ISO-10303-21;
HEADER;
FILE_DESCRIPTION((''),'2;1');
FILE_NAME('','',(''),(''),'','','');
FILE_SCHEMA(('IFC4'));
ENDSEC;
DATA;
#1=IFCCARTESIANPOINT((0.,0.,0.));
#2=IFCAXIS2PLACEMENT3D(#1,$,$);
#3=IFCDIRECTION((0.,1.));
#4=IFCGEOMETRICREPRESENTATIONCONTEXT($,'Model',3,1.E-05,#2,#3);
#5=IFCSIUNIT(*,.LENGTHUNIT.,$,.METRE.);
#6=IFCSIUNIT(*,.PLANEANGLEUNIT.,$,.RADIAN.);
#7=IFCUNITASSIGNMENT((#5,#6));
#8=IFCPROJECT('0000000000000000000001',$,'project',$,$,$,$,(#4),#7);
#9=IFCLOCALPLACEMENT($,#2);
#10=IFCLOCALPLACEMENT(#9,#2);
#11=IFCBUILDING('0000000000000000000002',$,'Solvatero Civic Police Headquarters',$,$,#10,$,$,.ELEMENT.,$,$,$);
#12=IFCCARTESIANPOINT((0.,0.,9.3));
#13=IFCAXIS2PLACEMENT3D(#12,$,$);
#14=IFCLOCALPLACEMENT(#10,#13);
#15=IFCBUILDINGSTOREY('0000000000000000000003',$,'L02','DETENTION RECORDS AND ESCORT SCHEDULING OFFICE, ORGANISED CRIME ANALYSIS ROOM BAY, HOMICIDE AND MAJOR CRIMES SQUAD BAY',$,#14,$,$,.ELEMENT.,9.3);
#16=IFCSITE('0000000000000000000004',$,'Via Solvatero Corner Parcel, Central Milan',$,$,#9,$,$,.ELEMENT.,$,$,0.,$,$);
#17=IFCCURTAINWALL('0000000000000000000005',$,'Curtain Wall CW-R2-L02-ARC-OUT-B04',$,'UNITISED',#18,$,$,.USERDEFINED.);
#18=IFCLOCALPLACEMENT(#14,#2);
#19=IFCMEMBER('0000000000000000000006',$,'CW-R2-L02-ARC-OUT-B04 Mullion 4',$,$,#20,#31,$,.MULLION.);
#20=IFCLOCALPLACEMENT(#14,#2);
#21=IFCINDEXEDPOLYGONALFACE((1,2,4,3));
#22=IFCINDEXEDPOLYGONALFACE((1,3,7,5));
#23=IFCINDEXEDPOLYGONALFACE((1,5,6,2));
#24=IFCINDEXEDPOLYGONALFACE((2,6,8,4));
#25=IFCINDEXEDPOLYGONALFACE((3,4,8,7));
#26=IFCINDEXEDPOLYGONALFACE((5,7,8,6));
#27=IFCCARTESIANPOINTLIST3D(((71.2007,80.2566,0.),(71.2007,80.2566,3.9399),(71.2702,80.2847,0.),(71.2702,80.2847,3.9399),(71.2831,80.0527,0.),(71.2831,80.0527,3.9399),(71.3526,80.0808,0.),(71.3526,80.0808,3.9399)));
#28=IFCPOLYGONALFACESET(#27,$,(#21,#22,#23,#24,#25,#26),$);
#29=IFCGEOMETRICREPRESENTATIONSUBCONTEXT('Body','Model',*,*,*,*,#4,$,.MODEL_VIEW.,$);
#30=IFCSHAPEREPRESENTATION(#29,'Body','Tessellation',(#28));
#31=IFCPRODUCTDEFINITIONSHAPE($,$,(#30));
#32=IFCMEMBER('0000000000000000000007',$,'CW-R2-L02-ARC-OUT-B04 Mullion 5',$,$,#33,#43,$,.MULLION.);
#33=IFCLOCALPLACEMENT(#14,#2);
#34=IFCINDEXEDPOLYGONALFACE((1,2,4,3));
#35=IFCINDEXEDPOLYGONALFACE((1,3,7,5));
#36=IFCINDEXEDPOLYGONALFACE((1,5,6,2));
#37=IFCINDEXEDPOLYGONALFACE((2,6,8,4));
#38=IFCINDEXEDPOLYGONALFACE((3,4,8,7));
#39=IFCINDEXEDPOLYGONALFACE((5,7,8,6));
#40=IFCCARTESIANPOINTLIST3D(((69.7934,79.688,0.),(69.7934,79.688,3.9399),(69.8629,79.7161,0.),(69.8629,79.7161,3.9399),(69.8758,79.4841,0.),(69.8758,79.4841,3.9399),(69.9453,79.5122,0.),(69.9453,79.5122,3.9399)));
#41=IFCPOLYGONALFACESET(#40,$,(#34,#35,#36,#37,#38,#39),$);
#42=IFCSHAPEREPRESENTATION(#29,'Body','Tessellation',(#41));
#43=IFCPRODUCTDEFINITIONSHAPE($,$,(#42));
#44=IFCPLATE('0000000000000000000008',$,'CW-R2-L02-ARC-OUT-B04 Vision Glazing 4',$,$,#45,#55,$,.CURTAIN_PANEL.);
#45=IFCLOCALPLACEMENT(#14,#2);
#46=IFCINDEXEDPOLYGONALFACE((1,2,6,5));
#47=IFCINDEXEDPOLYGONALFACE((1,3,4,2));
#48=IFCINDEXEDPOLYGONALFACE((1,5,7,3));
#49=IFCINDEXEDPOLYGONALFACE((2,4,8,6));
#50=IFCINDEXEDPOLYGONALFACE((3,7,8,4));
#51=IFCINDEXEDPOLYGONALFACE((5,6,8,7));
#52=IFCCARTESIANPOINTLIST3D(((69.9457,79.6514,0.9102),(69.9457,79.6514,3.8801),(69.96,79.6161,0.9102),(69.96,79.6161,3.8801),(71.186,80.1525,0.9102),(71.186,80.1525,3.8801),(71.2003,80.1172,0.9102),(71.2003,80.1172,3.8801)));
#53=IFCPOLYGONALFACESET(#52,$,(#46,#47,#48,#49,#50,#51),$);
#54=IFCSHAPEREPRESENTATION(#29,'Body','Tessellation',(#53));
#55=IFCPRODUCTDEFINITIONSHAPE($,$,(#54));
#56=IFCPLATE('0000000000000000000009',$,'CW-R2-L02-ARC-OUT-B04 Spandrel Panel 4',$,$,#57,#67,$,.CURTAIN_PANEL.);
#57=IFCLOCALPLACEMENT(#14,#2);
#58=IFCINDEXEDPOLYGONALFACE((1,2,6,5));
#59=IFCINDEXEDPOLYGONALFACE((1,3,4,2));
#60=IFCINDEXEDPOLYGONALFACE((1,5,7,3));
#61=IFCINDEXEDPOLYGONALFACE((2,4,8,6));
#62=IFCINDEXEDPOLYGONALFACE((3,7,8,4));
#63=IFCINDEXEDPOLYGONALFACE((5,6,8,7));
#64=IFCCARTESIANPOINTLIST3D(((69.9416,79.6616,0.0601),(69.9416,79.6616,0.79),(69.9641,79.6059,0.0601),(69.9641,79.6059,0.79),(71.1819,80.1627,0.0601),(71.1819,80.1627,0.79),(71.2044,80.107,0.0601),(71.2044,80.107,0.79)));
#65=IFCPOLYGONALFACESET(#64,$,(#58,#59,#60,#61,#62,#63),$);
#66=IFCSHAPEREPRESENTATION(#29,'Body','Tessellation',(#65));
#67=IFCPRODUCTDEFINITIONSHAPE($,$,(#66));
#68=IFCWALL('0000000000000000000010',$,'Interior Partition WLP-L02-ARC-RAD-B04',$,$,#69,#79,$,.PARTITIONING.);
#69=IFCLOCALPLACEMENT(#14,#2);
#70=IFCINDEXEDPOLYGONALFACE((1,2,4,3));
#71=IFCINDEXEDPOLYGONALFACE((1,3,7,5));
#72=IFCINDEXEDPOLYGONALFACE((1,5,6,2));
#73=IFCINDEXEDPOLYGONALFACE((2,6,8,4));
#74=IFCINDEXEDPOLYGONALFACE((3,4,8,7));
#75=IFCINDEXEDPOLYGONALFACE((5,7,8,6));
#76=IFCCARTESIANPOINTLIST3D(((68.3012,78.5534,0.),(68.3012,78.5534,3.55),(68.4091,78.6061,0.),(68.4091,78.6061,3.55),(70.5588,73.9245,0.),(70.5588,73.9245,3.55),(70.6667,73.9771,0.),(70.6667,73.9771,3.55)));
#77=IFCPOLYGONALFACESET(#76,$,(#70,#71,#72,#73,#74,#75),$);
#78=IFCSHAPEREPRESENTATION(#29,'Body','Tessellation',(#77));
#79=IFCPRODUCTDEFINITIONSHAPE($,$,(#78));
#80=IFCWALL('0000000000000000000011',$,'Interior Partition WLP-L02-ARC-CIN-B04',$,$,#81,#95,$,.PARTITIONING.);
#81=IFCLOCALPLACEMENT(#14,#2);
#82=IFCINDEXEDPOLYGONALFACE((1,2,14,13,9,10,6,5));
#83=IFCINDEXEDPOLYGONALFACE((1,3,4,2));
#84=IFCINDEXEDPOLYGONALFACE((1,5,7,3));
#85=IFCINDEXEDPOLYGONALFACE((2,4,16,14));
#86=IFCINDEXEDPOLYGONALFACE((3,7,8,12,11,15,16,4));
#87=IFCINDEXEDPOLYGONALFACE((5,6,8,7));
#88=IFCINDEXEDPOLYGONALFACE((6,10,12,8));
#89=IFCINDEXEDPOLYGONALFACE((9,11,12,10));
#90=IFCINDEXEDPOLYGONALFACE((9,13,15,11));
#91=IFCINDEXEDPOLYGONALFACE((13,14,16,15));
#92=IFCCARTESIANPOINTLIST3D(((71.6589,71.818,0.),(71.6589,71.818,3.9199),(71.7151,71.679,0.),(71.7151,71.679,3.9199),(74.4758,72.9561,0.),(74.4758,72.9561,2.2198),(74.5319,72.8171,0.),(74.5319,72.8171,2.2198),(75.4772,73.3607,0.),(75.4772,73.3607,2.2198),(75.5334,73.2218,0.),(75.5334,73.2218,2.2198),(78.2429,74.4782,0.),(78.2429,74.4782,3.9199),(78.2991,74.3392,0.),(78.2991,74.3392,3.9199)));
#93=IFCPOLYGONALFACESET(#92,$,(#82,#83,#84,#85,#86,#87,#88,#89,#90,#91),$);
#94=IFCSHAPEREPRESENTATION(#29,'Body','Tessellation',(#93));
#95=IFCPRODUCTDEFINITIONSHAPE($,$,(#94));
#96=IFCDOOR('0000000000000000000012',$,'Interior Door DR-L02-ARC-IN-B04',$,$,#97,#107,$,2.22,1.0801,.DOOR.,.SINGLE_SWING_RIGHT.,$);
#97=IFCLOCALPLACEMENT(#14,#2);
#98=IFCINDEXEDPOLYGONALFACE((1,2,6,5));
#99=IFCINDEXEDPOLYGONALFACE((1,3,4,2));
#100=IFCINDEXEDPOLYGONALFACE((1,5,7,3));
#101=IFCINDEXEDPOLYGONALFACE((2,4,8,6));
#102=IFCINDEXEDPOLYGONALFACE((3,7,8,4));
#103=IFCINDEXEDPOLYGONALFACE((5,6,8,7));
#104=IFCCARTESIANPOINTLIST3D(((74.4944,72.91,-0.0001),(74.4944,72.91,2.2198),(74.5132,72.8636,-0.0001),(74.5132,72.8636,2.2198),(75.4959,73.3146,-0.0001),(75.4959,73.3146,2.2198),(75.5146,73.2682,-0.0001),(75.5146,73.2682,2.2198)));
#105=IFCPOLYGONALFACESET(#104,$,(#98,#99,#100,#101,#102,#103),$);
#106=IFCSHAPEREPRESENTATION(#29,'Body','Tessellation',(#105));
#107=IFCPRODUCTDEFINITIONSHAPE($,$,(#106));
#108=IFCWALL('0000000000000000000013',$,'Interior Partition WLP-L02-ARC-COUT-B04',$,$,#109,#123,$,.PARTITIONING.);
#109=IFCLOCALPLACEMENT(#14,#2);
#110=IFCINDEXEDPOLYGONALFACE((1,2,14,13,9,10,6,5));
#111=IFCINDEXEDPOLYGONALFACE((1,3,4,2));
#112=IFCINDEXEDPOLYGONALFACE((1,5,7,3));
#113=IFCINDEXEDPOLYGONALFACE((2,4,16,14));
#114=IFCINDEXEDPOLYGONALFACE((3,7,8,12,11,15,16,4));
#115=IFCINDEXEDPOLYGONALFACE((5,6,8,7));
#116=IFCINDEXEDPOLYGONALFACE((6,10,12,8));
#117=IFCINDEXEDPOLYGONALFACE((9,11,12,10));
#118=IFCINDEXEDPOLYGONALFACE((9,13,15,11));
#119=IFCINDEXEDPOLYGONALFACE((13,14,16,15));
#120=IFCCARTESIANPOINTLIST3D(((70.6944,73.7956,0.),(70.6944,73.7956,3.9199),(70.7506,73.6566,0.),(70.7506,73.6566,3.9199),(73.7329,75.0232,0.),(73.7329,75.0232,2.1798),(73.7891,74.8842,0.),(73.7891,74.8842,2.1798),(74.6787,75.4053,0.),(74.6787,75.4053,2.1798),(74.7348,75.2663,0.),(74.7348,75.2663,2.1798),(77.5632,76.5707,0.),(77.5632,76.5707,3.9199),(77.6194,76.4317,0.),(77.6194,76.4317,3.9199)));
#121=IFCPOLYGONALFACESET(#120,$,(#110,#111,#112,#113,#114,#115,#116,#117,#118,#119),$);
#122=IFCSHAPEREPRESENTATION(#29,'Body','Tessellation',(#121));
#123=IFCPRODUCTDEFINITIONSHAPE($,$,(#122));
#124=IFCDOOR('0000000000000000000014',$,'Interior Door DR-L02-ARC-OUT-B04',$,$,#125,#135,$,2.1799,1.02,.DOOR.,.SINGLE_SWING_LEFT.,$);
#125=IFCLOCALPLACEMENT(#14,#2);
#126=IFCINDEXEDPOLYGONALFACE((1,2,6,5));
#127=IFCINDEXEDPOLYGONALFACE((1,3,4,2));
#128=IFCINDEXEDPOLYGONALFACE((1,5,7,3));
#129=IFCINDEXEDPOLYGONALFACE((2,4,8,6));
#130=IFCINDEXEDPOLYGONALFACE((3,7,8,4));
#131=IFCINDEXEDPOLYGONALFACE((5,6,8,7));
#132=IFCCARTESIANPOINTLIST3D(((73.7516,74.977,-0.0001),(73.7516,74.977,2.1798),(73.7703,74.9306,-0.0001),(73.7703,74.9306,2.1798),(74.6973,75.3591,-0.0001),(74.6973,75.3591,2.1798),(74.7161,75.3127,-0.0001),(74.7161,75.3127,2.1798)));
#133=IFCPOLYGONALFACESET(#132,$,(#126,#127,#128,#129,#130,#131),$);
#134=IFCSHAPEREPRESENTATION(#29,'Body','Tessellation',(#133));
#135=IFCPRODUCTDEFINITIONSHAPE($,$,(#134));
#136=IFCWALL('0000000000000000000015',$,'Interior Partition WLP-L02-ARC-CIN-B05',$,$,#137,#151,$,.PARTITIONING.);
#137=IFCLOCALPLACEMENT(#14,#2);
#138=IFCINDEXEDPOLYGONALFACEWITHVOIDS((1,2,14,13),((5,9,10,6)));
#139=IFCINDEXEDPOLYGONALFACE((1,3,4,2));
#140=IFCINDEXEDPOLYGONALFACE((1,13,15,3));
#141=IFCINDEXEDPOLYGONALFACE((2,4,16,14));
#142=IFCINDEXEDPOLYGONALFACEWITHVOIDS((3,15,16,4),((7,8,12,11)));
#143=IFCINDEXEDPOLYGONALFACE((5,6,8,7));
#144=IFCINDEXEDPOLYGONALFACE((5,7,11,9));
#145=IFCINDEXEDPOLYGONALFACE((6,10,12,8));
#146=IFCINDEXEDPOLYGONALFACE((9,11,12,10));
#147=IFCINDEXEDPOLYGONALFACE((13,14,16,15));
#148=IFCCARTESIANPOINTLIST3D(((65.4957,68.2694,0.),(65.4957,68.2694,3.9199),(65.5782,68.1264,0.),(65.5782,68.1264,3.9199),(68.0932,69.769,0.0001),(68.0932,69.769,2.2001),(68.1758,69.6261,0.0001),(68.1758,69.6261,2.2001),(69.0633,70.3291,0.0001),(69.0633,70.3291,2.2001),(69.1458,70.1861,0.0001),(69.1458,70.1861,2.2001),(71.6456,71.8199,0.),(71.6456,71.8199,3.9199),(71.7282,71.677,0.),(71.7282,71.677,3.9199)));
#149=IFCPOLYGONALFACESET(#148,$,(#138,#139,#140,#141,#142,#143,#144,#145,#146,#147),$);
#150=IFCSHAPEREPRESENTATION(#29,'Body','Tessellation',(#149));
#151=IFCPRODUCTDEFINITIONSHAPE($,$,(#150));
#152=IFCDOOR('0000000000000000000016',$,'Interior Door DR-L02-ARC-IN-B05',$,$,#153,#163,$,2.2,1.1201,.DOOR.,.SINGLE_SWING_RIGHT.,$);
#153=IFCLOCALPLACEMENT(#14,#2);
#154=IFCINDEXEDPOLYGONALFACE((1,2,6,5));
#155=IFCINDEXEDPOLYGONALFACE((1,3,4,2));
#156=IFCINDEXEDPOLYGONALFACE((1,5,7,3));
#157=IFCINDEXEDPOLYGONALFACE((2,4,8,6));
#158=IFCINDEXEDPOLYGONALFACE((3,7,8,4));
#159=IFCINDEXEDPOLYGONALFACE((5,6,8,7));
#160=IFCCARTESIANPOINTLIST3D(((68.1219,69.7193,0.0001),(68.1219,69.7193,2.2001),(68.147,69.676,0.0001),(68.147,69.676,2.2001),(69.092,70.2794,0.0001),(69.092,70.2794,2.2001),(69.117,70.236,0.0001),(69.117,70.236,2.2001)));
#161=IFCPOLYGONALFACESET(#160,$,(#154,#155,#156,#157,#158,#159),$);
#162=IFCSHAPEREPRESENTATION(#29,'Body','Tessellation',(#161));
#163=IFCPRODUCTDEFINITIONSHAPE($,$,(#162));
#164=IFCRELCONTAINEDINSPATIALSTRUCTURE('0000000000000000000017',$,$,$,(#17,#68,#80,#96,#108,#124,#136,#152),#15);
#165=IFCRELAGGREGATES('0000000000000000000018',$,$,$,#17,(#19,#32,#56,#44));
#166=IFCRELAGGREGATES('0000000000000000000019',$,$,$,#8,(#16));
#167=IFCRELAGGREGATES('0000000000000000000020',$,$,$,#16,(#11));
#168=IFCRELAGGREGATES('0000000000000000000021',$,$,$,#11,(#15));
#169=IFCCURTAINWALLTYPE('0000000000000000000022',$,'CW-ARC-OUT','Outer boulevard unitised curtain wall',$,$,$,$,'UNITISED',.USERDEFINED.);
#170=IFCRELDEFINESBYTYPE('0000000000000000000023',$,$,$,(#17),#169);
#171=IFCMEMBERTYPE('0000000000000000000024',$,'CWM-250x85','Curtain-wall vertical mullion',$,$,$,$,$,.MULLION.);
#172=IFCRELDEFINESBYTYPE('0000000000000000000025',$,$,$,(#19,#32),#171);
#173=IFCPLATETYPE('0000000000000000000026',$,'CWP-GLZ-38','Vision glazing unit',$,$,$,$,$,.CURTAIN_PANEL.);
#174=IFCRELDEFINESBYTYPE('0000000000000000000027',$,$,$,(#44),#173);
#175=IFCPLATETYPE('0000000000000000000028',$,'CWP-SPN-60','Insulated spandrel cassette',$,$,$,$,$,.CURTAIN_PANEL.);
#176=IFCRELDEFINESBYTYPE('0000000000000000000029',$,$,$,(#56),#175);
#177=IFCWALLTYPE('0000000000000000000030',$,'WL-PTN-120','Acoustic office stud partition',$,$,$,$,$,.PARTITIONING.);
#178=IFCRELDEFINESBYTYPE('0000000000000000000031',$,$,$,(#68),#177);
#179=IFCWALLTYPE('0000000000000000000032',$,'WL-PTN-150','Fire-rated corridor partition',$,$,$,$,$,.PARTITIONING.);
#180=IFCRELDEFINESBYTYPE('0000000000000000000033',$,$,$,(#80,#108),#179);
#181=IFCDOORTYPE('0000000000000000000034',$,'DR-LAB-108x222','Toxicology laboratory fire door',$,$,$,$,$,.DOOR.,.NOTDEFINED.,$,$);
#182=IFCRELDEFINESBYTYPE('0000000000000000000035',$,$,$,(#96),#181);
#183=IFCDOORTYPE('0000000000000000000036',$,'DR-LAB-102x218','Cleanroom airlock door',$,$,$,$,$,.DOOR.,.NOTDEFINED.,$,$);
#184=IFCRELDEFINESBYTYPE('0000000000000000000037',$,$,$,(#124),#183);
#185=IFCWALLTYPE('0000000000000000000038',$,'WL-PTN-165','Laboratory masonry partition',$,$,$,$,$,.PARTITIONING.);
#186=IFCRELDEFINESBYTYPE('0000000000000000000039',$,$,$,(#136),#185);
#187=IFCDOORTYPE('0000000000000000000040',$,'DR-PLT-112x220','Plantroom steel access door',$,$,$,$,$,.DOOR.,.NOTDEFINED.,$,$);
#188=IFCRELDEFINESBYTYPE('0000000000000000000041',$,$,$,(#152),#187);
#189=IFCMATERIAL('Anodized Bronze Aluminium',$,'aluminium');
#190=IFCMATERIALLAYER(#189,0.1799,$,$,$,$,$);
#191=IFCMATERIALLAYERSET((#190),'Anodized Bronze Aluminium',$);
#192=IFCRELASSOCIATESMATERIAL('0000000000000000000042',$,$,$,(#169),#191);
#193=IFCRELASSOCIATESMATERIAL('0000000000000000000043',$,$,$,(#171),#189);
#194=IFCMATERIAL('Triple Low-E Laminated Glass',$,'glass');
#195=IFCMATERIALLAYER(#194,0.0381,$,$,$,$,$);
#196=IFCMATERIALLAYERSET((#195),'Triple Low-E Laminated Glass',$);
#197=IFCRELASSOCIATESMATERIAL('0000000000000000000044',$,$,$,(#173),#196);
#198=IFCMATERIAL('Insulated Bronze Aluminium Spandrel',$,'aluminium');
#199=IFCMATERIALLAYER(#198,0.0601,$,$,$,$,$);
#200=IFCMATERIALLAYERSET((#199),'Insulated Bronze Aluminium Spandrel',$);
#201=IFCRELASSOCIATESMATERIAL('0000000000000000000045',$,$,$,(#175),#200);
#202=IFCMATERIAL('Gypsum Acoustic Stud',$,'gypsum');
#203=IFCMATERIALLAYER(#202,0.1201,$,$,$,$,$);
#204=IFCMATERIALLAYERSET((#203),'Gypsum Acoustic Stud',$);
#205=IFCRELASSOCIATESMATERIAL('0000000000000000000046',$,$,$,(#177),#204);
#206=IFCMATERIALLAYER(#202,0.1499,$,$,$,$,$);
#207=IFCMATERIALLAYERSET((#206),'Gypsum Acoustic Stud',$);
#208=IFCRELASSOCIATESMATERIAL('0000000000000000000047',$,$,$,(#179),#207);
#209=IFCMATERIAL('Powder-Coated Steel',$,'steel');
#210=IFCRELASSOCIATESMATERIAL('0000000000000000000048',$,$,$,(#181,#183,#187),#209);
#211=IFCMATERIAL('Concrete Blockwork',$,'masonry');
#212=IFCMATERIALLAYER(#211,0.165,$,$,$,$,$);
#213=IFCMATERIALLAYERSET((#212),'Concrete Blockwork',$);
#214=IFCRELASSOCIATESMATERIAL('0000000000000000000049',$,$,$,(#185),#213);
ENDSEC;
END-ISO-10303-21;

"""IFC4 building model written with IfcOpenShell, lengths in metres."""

from ifc_helpers import new_model, si_unit, direction, frame, frame_2d, origin, origin_2d, place, context, subcontext, project, spatial, rectangle, extrude, material, layer, layer_set, material_profile, profile_set, type_object, element, fill, aggregate, save


model = new_model("IFC4")

# Units and contexts
model_context = context("Model", 3, precision=1e-05, world=origin(), true_north=direction((0.0, 1.0)))
body_context = subcontext(model_context, "Body", "Model", "MODEL_VIEW")
ifc_project = project(units=[si_unit("LENGTHUNIT", "METRE"), si_unit("PLANEANGLEUNIT", "RADIAN")], contexts=[model_context])

# Site, building, storey
site_placement = place(None, origin())
site = spatial("IfcSite", under=ifc_project, at=site_placement, Name="Via Solvatero Corner Parcel, Central Milan", CompositionType="ELEMENT", RefElevation=0.0)
building_placement = place(site_placement, origin())
building = spatial("IfcBuilding", under=site, at=building_placement, Name="Solvatero Civic Police Headquarters", CompositionType="ELEMENT")
storey_placement = place(building_placement, frame((0.0, 0.0, 9.3)))
storey = spatial("IfcBuildingStorey", under=building, at=storey_placement, Name="L02", Description="DETENTION RECORDS AND ESCORT SCHEDULING OFFICE, ORGANISED CRIME ANALYSIS ROOM BAY, HOMICIDE AND MAJOR CRIMES SQUAD BAY", CompositionType="ELEMENT", Elevation=9.3)

# Curtain wall, members, plates
ifc_material_1 = material(Name="Anodized Bronze Aluminium", Category="aluminium")
ifc_layer_1 = layer(ifc_material_1, 0.1799)
ifc_layer_set_1 = layer_set([ifc_layer_1], Name="Anodized Bronze Aluminium")
curtain_wall_type = type_object("IfcCurtainWallType", Name="CW-ARC-OUT", Description="Outer boulevard unitised curtain wall", ElementType="UNITISED", PredefinedType="USERDEFINED", material=ifc_layer_set_1)
curtain_wall_placement = place(storey_placement, origin())
curtain_wall = element("IfcCurtainWall", 1, at=curtain_wall_placement, inside=storey, type_object=curtain_wall_type, Name="Curtain Wall CW-R2-L02-ARC-OUT-B04", ObjectType="UNITISED", PredefinedType="USERDEFINED")
ifc_material_profile_1 = material_profile(ifc_material_1, rectangle(XDim=0.075, YDim=0.22, at=origin_2d()), Name="ALU MULLION 75x220")
ifc_profile_set_1 = profile_set([ifc_material_profile_1], Name="Anodized Bronze Aluminium")
member_type = type_object("IfcMemberType", Name="CWM-250x85", Description="Curtain-wall vertical mullion", PredefinedType="MULLION", material=ifc_profile_set_1)
member_1_placement = place(storey_placement, frame((71.2766, 80.1687, 0.0), z_axis=(0.0, 0.0, 1.0), x_axis=(-0.927184, -0.374607, 0.0)))
member_1 = element("IfcMember", 2, at=member_1_placement, type_object=member_type, Name="CW-R2-L02-ARC-OUT-B04 Mullion 4", PredefinedType="MULLION", context=body_context, shape_type="SweptSolid", body=[
    extrude(rectangle(XDim=0.075, YDim=0.22, at=origin_2d()), origin(), (0.0, 0.0, 1.0), 3.9399),
])
member_2_placement = place(storey_placement, frame((69.8694, 79.6001, 0.0), z_axis=(0.0, 0.0, 1.0), x_axis=(-0.927184, -0.374607, 0.0)))
member_2 = element("IfcMember", 3, at=member_2_placement, type_object=member_type, Name="CW-R2-L02-ARC-OUT-B04 Mullion 5", PredefinedType="MULLION", context=body_context, shape_type="SweptSolid", body=[
    extrude(rectangle(XDim=0.075, YDim=0.22, at=origin_2d()), origin(), (0.0, 0.0, 1.0), 3.9399),
])
ifc_material_2 = material(Name="Triple Low-E Laminated Glass", Category="glass")
ifc_layer_2 = layer(ifc_material_2, 0.0381)
ifc_layer_set_2 = layer_set([ifc_layer_2], Name="Triple Low-E Laminated Glass")
plate_type_1 = type_object("IfcPlateType", Name="CWP-GLZ-38", Description="Vision glazing unit", PredefinedType="CURTAIN_PANEL", material=ifc_layer_set_2)
plate_1_placement = place(storey_placement, frame((70.573, 79.8843, 0.9102), z_axis=(0.0, 0.0, 1.0), x_axis=(-0.927184, -0.374607, 0.0)))
plate_1 = element("IfcPlate", 4, at=plate_1_placement, type_object=plate_type_1, Name="CW-R2-L02-ARC-OUT-B04 Vision Glazing 4", PredefinedType="CURTAIN_PANEL", context=body_context, shape_type="SweptSolid", body=[
    extrude(rectangle(XDim=1.3376, YDim=0.0381, at=origin_2d()), origin(), (0.0, 0.0, 1.0), 2.97),
])
ifc_material_3 = material(Name="Insulated Bronze Aluminium Spandrel", Category="aluminium")
ifc_layer_3 = layer(ifc_material_3, 0.0601)
ifc_layer_set_3 = layer_set([ifc_layer_3], Name="Insulated Bronze Aluminium Spandrel")
plate_type_2 = type_object("IfcPlateType", Name="CWP-SPN-60", Description="Insulated spandrel cassette", PredefinedType="CURTAIN_PANEL", material=ifc_layer_set_3)
plate_2_placement = place(storey_placement, frame((70.573, 79.8843, 0.0601), z_axis=(0.0, 0.0, 1.0), x_axis=(-0.927184, -0.374607, 0.0)))
plate_2 = element("IfcPlate", 5, at=plate_2_placement, type_object=plate_type_2, Name="CW-R2-L02-ARC-OUT-B04 Spandrel Panel 4", PredefinedType="CURTAIN_PANEL", context=body_context, shape_type="SweptSolid", body=[
    extrude(rectangle(XDim=1.3376, YDim=0.0601, at=origin_2d()), origin(), (0.0, 0.0, 1.0), 0.73),
])
aggregate(curtain_wall, [member_1, member_2, plate_2, plate_1])

# Wall
ifc_material_4 = material(Name="Gypsum Acoustic Stud", Category="gypsum")
ifc_layer_4 = layer(ifc_material_4, 0.1201)
ifc_layer_set_4 = layer_set([ifc_layer_4], Name="Gypsum Acoustic Stud")
wall_type_1 = type_object("IfcWallType", Name="WL-PTN-120", Description="Acoustic office stud partition", PredefinedType="PARTITIONING", material=ifc_layer_set_4)
wall_1_placement = place(storey_placement, frame((70.6128, 73.9507, 0.0), z_axis=(0.0, 0.0, 1.0), x_axis=(-0.438355, 0.898802, 0.0)))
element("IfcWall", 6, at=wall_1_placement, inside=storey, type_object=wall_type_1, Name="Interior Partition WLP-L02-ARC-RAD-B04", PredefinedType="PARTITIONING", context=body_context, shape_type="SweptSolid", body=[
    extrude(rectangle(XDim=5.1501, YDim=0.1201, at=frame_2d((2.5752, 0.0))), origin(), (0.0, 0.0, 1.0), 3.55),
])

# Walls, openings, doors
ifc_layer_5 = layer(ifc_material_4, 0.1499)
ifc_layer_set_5 = layer_set([ifc_layer_5], Name="Gypsum Acoustic Stud")
wall_type_2 = type_object("IfcWallType", Name="WL-PTN-150", Description="Fire-rated corridor partition", PredefinedType="PARTITIONING", material=ifc_layer_set_5)
wall_2_placement = place(storey_placement, frame((78.271, 74.4087, 0.0), z_axis=(0.0, 0.0, 1.0), x_axis=(-0.927181, -0.374613, 0.0)))
wall_2 = element("IfcWall", 7, at=wall_2_placement, inside=storey, type_object=wall_type_2, Name="Interior Partition WLP-L02-ARC-CIN-B04", PredefinedType="PARTITIONING", context=body_context, shape_type="SweptSolid", body=[
    extrude(rectangle(XDim=7.1011, YDim=0.1499, at=frame_2d((3.5505, 0.0))), origin(), (0.0, 0.0, 1.0), 3.9199),
])
opening_1_placement = place(wall_2_placement, frame((2.9829, 0.0, 0.0)))
opening_1 = element("IfcOpeningElement", 8, at=opening_1_placement, cuts=wall_2, PredefinedType="OPENING", context=body_context, shape_type="SweptSolid", body=[
    extrude(rectangle(XDim=1.0801, YDim=2.22, at=frame_2d((0.54, 1.1099))), frame((0.0, 0.085, 0.0), z_axis=(0.0, -1.0, 0.0), x_axis=(1.0, 0.0, 0.0)), (0.0, 0.0, 1.0), 0.1699),
])
ifc_material_5 = material(Name="Powder-Coated Steel", Category="steel")
door_type_1 = type_object("IfcDoorType", Name="DR-LAB-108x222", Description="Toxicology laboratory fire door", OperationType="NOTDEFINED", PredefinedType="DOOR", material=ifc_material_5)
door_1_placement = place(opening_1_placement, origin())
door_1 = element("IfcDoor", 9, at=door_1_placement, inside=storey, type_object=door_type_1, Name="Interior Door DR-L02-ARC-IN-B04", OperationType="SINGLE_SWING_RIGHT", OverallHeight=2.22, OverallWidth=1.0801, PredefinedType="DOOR", context=body_context, shape_type="SweptSolid", body=[
    extrude(rectangle(XDim=1.0801, YDim=2.22, at=frame_2d((0.54, 1.1099))), frame((0.0, 0.0249, 0.0), z_axis=(0.0, -1.0, 0.0), x_axis=(1.0, 0.0, 0.0)), (0.0, 0.0, 1.0), 0.05),
])
fill(opening_1, door_1)
wall_3_placement = place(storey_placement, frame((77.5913, 76.5012, 0.0), z_axis=(0.0, 0.0, 1.0), x_axis=(-0.927187, -0.374599, 0.0)))
wall_3 = element("IfcWall", 10, at=wall_3_placement, inside=storey, type_object=wall_type_2, Name="Interior Partition WLP-L02-ARC-COUT-B04", PredefinedType="PARTITIONING", context=body_context, shape_type="SweptSolid", body=[
    extrude(rectangle(XDim=7.4082, YDim=0.1499, at=frame_2d((3.7041, 0.0))), origin(), (0.0, 0.0, 1.0), 3.9199),
])
opening_2_placement = place(wall_3_placement, frame((3.1111, 0.0, 0.0)))
opening_2 = element("IfcOpeningElement", 11, at=opening_2_placement, cuts=wall_3, PredefinedType="OPENING", context=body_context, shape_type="SweptSolid", body=[
    extrude(rectangle(XDim=1.02, YDim=2.1799, at=frame_2d((0.51, 1.0898))), frame((0.0, 0.085, 0.0), z_axis=(0.0, -1.0, 0.0), x_axis=(1.0, 0.0, 0.0)), (0.0, 0.0, 1.0), 0.1699),
])
door_type_2 = type_object("IfcDoorType", Name="DR-LAB-102x218", Description="Cleanroom airlock door", OperationType="NOTDEFINED", PredefinedType="DOOR", material=ifc_material_5)
door_2_placement = place(opening_2_placement, origin())
door_2 = element("IfcDoor", 12, at=door_2_placement, inside=storey, type_object=door_type_2, Name="Interior Door DR-L02-ARC-OUT-B04", OperationType="SINGLE_SWING_LEFT", OverallHeight=2.1799, OverallWidth=1.02, PredefinedType="DOOR", context=body_context, shape_type="SweptSolid", body=[
    extrude(rectangle(XDim=1.02, YDim=2.1799, at=frame_2d((0.51, 1.0898))), frame((0.0, 0.0249, 0.0), z_axis=(0.0, -1.0, 0.0), x_axis=(1.0, 0.0, 0.0)), (0.0, 0.0, 1.0), 0.05),
])
fill(opening_2, door_2)
ifc_material_6 = material(Name="Concrete Blockwork", Category="masonry")
ifc_layer_6 = layer(ifc_material_6, 0.165)
ifc_layer_set_6 = layer_set([ifc_layer_6], Name="Concrete Blockwork")
wall_type_3 = type_object("IfcWallType", Name="WL-PTN-165", Description="Laboratory masonry partition", PredefinedType="PARTITIONING", material=ifc_layer_set_6)
wall_4_placement = place(storey_placement, frame((71.687, 71.7485, 0.0), z_axis=(0.0, 0.0, 1.0), x_axis=(-0.866032, -0.499988, 0.0)))
wall_4 = element("IfcWall", 13, at=wall_4_placement, inside=storey, type_object=wall_type_3, Name="Interior Partition WLP-L02-ARC-CIN-B05", PredefinedType="PARTITIONING", context=body_context, shape_type="SweptSolid", body=[
    extrude(rectangle(XDim=7.1013, YDim=0.165, at=frame_2d((3.5508, 0.0))), origin(), (0.0, 0.0, 1.0), 3.9199),
])
opening_3_placement = place(wall_4_placement, frame((2.9819, 0.0, 0.0)))
opening_3 = element("IfcOpeningElement", 14, at=opening_3_placement, cuts=wall_4, PredefinedType="OPENING", context=body_context, shape_type="SweptSolid", body=[
    extrude(rectangle(XDim=1.1201, YDim=2.2, at=frame_2d((0.5601, 1.1001))), frame((0.0, 0.0925, 0.0), z_axis=(0.0, -1.0, 0.0), x_axis=(1.0, 0.0, 0.0)), (0.0, 0.0, 1.0), 0.1851),
])
door_type_3 = type_object("IfcDoorType", Name="DR-PLT-112x220", Description="Plantroom steel access door", OperationType="NOTDEFINED", PredefinedType="DOOR", material=ifc_material_5)
door_3_placement = place(opening_3_placement, origin())
door_3 = element("IfcDoor", 15, at=door_3_placement, inside=storey, type_object=door_type_3, Name="Interior Door DR-L02-ARC-IN-B05", OperationType="SINGLE_SWING_RIGHT", OverallHeight=2.2, OverallWidth=1.1201, PredefinedType="DOOR", context=body_context, shape_type="SweptSolid", body=[
    extrude(rectangle(XDim=1.1201, YDim=2.2, at=frame_2d((0.5601, 1.1001))), frame((0.0, 0.0249, 0.0), z_axis=(0.0, -1.0, 0.0), x_axis=(1.0, 0.0, 0.0)), (0.0, 0.0, 1.0), 0.05),
])
fill(opening_3, door_3)

save(model, "model.ifc")
